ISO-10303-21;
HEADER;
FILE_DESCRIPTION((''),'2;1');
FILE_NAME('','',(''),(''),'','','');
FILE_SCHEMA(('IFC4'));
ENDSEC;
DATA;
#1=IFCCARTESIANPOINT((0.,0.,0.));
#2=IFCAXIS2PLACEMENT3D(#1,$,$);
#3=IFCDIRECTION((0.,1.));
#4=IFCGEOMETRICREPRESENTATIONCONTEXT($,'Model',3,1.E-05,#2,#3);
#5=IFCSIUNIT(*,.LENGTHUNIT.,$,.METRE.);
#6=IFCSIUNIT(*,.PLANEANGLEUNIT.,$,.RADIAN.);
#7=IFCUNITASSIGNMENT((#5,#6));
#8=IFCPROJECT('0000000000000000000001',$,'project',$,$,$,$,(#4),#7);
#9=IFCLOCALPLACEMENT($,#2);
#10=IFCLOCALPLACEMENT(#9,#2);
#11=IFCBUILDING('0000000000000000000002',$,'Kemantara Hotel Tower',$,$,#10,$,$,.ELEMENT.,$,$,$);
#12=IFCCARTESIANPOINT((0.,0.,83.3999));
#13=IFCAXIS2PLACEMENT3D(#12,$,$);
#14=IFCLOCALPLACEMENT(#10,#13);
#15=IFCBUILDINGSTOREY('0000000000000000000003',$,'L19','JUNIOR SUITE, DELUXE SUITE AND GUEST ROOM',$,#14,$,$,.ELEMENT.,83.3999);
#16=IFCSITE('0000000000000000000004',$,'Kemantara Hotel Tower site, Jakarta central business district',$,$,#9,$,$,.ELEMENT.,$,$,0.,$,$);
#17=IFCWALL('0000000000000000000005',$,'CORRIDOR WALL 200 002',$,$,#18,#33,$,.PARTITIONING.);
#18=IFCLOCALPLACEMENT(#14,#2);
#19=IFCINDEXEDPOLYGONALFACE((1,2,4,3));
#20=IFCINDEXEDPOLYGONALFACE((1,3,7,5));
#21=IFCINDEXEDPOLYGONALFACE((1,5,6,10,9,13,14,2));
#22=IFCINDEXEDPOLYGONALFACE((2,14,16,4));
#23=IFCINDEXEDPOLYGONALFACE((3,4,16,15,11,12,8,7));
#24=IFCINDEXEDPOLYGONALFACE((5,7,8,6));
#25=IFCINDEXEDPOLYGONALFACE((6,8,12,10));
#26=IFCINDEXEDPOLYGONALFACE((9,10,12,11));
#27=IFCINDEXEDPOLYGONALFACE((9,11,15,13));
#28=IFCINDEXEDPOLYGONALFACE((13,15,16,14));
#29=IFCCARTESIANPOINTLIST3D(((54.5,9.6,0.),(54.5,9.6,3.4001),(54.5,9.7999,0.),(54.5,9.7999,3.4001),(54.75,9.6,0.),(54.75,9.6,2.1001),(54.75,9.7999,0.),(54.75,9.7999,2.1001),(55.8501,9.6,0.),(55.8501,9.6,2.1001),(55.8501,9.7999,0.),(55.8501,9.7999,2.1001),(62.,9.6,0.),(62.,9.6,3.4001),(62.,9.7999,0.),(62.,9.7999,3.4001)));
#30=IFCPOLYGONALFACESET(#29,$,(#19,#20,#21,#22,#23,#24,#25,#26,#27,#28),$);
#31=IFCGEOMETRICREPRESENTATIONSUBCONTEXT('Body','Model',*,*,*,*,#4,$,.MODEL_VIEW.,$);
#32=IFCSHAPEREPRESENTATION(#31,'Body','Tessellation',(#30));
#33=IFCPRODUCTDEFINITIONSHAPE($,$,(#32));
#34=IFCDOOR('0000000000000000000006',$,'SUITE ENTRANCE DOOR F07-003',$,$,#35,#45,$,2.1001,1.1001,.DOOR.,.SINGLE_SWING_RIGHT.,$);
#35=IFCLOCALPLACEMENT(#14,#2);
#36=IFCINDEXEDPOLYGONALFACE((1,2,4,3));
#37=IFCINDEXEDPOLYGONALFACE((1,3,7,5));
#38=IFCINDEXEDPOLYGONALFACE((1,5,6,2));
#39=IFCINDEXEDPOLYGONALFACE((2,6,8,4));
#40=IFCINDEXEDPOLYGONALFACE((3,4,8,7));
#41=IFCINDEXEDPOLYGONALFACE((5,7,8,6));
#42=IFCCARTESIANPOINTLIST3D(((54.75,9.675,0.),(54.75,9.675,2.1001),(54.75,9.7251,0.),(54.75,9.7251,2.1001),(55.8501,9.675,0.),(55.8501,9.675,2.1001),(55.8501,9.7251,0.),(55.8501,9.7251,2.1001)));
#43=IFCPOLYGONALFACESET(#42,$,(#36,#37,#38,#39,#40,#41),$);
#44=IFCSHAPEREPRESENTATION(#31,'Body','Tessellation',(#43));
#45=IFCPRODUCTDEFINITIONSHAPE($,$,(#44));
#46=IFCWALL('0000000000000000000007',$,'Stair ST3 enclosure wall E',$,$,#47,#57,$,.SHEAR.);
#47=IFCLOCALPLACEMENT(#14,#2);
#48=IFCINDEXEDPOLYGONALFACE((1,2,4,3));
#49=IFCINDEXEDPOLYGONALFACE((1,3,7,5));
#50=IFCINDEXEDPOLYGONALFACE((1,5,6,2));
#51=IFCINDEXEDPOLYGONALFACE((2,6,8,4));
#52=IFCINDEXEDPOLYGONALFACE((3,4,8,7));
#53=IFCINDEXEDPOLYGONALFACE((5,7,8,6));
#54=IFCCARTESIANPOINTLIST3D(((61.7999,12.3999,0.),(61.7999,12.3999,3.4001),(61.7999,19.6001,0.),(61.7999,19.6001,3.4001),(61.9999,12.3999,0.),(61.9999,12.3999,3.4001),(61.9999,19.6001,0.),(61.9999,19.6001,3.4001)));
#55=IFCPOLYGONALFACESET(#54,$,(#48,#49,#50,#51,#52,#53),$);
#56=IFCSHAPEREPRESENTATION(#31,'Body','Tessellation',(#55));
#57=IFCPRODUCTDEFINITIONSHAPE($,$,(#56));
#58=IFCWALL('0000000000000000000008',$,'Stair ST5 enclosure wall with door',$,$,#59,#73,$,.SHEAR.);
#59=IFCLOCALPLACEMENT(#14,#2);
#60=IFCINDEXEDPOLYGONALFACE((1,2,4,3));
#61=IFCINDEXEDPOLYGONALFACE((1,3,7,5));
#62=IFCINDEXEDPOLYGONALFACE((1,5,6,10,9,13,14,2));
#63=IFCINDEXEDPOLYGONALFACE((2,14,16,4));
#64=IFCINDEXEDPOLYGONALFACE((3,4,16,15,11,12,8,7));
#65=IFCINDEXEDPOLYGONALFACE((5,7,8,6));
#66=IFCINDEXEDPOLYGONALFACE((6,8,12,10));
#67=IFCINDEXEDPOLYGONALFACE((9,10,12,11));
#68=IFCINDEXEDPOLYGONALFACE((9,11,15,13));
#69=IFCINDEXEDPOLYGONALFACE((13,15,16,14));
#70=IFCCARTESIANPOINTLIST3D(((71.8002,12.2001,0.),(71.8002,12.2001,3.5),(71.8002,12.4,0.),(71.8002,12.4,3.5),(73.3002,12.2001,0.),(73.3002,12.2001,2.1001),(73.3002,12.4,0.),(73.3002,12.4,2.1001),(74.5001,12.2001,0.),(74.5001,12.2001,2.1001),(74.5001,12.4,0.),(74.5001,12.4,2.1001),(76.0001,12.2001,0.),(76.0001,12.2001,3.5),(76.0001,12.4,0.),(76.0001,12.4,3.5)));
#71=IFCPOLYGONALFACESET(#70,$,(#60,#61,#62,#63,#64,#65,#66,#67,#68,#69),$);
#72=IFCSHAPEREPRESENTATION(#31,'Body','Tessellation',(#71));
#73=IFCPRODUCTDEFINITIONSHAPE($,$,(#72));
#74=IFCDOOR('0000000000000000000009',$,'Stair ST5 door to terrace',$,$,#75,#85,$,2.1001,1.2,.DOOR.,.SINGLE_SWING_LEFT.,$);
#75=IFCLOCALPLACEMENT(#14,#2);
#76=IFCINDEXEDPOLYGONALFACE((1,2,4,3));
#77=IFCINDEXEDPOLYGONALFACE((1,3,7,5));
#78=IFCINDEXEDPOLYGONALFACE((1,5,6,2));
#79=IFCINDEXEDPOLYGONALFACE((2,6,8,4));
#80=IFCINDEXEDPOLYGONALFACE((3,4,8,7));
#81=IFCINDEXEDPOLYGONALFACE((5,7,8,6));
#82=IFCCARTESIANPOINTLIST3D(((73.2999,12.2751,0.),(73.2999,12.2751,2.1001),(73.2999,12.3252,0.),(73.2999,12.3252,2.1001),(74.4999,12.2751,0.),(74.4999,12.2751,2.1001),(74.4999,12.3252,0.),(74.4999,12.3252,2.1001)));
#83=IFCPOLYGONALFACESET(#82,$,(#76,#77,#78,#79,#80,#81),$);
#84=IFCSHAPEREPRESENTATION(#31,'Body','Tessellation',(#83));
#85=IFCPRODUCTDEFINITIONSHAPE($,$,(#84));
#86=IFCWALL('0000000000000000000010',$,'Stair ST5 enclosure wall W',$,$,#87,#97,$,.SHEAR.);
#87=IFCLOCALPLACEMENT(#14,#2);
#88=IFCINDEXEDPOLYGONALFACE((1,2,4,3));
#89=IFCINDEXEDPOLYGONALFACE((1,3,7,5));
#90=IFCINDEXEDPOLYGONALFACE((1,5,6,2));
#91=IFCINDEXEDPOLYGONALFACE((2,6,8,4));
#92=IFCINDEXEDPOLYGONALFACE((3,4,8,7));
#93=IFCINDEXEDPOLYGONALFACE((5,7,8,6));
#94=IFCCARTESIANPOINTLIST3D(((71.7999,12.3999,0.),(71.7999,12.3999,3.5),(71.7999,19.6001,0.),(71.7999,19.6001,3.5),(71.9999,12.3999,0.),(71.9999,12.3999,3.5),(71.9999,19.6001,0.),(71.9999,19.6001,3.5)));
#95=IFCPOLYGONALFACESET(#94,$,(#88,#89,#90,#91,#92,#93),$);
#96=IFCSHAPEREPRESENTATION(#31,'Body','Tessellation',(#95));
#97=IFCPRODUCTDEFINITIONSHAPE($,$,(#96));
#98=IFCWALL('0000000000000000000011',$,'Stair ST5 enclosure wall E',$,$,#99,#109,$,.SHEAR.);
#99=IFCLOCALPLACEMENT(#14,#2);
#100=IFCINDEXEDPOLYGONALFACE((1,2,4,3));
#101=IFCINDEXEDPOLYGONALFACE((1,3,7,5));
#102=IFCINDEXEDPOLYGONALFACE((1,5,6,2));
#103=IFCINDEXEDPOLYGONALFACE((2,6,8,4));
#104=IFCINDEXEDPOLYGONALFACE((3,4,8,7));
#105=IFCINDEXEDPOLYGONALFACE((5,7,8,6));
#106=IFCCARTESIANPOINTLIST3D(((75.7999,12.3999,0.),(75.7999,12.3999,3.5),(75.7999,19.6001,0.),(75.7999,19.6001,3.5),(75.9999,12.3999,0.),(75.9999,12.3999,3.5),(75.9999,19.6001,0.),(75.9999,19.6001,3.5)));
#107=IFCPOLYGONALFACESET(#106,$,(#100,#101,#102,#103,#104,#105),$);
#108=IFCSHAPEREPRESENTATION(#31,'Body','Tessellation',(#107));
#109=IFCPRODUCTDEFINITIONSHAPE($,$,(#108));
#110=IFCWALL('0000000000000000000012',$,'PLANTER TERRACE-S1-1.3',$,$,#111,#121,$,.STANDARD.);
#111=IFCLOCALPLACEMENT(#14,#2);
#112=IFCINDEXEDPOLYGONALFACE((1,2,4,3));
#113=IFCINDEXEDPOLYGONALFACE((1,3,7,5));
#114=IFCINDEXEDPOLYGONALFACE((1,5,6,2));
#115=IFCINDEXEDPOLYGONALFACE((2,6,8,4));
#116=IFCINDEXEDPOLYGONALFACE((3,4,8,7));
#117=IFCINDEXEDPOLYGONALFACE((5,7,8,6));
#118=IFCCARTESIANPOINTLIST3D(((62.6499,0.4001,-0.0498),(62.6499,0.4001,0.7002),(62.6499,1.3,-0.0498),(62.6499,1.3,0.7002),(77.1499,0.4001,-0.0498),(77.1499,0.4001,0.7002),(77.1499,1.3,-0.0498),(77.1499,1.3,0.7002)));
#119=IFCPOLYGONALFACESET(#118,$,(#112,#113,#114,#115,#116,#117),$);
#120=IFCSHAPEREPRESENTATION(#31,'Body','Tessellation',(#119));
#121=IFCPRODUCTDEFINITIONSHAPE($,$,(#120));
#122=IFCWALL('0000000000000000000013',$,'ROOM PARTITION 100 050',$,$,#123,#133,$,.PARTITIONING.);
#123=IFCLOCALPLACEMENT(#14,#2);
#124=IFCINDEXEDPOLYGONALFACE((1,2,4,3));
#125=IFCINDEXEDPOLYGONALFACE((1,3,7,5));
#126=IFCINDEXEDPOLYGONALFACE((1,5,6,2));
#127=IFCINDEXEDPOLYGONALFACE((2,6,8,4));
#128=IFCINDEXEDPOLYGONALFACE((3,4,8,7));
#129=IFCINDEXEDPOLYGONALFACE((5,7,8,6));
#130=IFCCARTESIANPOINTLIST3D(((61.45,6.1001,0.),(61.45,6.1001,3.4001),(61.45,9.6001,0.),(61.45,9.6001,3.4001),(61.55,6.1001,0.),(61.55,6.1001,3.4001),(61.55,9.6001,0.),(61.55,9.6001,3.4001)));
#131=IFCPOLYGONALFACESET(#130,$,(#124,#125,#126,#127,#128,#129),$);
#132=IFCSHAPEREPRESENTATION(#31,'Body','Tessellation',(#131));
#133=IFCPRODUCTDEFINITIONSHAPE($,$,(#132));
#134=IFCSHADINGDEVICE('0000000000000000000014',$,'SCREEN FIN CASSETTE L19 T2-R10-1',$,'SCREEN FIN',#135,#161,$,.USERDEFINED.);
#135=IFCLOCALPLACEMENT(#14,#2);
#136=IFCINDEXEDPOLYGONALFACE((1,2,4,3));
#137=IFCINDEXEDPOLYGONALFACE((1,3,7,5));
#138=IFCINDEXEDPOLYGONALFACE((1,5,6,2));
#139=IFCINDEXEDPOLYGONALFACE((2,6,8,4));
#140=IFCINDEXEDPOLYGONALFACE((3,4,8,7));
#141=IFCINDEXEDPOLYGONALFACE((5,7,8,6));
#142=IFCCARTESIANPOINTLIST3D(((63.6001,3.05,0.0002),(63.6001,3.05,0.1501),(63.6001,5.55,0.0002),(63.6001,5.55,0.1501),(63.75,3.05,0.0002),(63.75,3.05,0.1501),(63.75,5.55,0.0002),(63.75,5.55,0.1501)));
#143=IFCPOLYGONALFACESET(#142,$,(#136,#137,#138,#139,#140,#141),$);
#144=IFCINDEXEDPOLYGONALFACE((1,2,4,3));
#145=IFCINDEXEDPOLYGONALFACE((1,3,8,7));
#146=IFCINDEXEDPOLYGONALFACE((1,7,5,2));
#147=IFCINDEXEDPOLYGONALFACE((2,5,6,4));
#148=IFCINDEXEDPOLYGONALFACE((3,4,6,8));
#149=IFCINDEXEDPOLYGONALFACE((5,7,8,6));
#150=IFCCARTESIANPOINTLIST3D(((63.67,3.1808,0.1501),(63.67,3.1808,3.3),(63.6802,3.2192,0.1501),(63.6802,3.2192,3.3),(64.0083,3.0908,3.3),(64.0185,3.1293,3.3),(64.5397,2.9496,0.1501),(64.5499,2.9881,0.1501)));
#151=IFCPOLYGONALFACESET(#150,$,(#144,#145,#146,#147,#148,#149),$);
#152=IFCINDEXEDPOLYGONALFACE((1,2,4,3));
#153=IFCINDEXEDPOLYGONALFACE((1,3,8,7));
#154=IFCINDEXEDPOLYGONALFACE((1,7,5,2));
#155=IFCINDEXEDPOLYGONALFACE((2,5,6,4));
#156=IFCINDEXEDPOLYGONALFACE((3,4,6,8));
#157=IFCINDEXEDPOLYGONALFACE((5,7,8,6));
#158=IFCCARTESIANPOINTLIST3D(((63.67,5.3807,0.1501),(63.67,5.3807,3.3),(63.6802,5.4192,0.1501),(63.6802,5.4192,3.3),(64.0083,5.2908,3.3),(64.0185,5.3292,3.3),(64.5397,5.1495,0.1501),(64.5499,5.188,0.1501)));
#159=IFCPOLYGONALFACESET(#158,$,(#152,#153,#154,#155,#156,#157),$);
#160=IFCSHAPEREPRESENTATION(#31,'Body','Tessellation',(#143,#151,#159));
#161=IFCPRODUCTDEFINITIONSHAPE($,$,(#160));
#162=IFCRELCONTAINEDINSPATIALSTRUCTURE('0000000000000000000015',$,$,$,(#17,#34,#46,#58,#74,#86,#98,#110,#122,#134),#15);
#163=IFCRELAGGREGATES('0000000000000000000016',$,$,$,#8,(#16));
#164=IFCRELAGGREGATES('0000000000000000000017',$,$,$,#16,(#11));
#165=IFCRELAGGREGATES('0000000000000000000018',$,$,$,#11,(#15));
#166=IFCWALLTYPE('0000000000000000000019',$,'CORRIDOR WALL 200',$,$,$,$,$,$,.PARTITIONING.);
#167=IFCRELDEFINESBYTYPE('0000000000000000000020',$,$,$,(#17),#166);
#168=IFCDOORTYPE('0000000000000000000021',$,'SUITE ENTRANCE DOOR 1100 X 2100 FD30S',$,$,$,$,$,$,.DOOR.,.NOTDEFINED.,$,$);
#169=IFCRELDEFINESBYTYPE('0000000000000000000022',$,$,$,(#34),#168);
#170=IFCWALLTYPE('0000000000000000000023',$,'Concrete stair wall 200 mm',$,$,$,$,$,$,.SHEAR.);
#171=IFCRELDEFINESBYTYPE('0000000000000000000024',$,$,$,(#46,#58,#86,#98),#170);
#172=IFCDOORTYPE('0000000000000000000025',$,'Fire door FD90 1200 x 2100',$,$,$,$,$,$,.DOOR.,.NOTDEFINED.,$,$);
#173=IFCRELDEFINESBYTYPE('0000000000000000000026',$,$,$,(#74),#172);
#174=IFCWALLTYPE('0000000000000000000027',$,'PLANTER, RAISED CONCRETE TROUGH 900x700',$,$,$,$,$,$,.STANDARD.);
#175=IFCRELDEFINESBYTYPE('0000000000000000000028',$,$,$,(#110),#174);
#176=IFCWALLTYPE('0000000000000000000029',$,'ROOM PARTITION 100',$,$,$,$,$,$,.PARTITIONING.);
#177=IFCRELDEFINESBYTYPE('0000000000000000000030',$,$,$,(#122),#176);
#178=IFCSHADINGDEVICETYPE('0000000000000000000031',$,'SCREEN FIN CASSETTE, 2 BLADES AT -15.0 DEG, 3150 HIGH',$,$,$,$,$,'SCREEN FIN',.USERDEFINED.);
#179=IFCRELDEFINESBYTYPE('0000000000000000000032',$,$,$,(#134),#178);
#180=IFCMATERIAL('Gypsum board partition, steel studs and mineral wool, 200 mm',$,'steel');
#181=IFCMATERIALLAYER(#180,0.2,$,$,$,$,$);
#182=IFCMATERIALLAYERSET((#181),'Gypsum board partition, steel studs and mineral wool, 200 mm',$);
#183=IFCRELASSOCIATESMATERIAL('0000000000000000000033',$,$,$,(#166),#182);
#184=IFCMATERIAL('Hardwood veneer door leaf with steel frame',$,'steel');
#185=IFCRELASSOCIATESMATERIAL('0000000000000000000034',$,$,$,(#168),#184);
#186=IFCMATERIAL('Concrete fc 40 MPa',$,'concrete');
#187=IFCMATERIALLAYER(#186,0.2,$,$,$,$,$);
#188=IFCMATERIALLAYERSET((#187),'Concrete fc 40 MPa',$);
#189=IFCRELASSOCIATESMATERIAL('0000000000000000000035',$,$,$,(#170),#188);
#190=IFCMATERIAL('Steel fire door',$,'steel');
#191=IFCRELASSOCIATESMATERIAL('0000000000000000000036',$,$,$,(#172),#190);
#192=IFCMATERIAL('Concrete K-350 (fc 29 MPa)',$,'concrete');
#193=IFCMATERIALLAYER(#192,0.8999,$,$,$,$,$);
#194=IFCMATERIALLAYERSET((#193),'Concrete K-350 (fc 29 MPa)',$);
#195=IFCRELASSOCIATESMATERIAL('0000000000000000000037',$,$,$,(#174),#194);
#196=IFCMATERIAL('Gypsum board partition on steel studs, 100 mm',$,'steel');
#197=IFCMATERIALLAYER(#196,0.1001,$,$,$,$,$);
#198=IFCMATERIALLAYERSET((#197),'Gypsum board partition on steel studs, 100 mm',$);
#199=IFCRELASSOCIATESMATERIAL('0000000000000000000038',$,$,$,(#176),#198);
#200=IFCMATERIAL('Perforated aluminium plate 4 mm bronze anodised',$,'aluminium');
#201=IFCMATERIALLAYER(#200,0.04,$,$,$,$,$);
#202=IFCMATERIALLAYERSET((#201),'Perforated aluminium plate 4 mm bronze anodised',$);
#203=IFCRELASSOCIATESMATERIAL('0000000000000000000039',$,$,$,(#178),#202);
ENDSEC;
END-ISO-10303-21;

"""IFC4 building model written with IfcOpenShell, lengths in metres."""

from ifc_helpers import new_model, si_unit, direction, frame, frame_2d, origin, origin_2d, place, context, subcontext, project, spatial, polyline, rectangle, outline, extrude, source, transform, mapped, material, layer, layer_set, type_object, element, fill, save


model = new_model("IFC4")

# Units and contexts
model_context = context("Model", 3, precision=1e-05, world=origin(), true_north=direction((0.0, 1.0)))
body_context = subcontext(model_context, "Body", "Model", "MODEL_VIEW")
ifc_project = project(units=[si_unit("LENGTHUNIT", "METRE"), si_unit("PLANEANGLEUNIT", "RADIAN")], contexts=[model_context])

# Site, building, storey
site_placement = place(None, origin())
site = spatial("IfcSite", under=ifc_project, at=site_placement, Name="Kemantara Hotel Tower site, Jakarta central business district", CompositionType="ELEMENT", RefElevation=0.0)
building_placement = place(site_placement, origin())
building = spatial("IfcBuilding", under=site, at=building_placement, Name="Kemantara Hotel Tower", CompositionType="ELEMENT")
storey_placement = place(building_placement, frame((0.0, 0.0, 83.3999)))
storey = spatial("IfcBuildingStorey", under=building, at=storey_placement, Name="L19", Description="JUNIOR SUITE, DELUXE SUITE AND GUEST ROOM", CompositionType="ELEMENT", Elevation=83.3999)

# Wall, opening, door
ifc_material_1 = material(Name="Gypsum board partition, steel studs and mineral wool, 200 mm", Category="steel")
ifc_layer_1 = layer(ifc_material_1, 0.2)
ifc_layer_set_1 = layer_set([ifc_layer_1], Name="Gypsum board partition, steel studs and mineral wool, 200 mm")
wall_type_1 = type_object("IfcWallType", Name="CORRIDOR WALL 200", PredefinedType="PARTITIONING", material=ifc_layer_set_1)
wall_1_placement = place(storey_placement, frame((62.0, 9.7, 0.0), z_axis=(0.0, 0.0, 1.0), x_axis=(-1.0, 0.0, 0.0)))
wall_1 = element("IfcWall", 1, at=wall_1_placement, inside=storey, type_object=wall_type_1, Name="CORRIDOR WALL 200 002", PredefinedType="PARTITIONING", context=body_context, shape_type="SweptSolid", body=[
    extrude(rectangle(XDim=7.5, YDim=0.2, at=frame_2d((3.75, 0.0))), origin(), (0.0, 0.0, 1.0), 3.4001),
])
opening_1_placement = place(wall_1_placement, frame((6.1499, 0.0, 0.0)))
opening_1 = element("IfcOpeningElement", 2, at=opening_1_placement, cuts=wall_1, PredefinedType="OPENING", context=body_context, shape_type="SweptSolid", body=[
    extrude(rectangle(XDim=1.1001, YDim=2.1001, at=frame_2d((0.55, 1.05))), frame((0.0, 0.1099, 0.0), z_axis=(0.0, -1.0, 0.0), x_axis=(1.0, 0.0, 0.0)), (0.0, 0.0, 1.0), 0.22),
])
ifc_material_2 = material(Name="Hardwood veneer door leaf with steel frame", Category="steel")
door_type_1 = type_object("IfcDoorType", Name="SUITE ENTRANCE DOOR 1100 X 2100 FD30S", OperationType="NOTDEFINED", PredefinedType="DOOR", material=ifc_material_2)
door_1_placement = place(opening_1_placement, origin())
door_1 = element("IfcDoor", 3, at=door_1_placement, inside=storey, type_object=door_type_1, Name="SUITE ENTRANCE DOOR F07-003", OperationType="SINGLE_SWING_RIGHT", OverallHeight=2.1001, OverallWidth=1.1001, PredefinedType="DOOR", context=body_context, shape_type="SweptSolid", body=[
    extrude(rectangle(XDim=1.1001, YDim=2.1001, at=frame_2d((0.55, 1.05))), frame((0.0, 0.0249, 0.0), z_axis=(0.0, -1.0, 0.0), x_axis=(1.0, 0.0, 0.0)), (0.0, 0.0, 1.0), 0.05),
])
fill(opening_1, door_1)

# Wall
ifc_material_3 = material(Name="Concrete fc 40 MPa", Category="concrete")
ifc_layer_2 = layer(ifc_material_3, 0.2)
ifc_layer_set_2 = layer_set([ifc_layer_2], Name="Concrete fc 40 MPa")
wall_type_2 = type_object("IfcWallType", Name="Concrete stair wall 200 mm", PredefinedType="SHEAR", material=ifc_layer_set_2)
wall_2_placement = place(storey_placement, frame((61.8999, 12.3999, 0.0), z_axis=(0.0, 0.0, 1.0), x_axis=(0.0, 1.0, 0.0)))
element("IfcWall", 4, at=wall_2_placement, inside=storey, type_object=wall_type_2, Name="Stair ST3 enclosure wall E", PredefinedType="SHEAR", context=body_context, shape_type="SweptSolid", body=[
    extrude(rectangle(XDim=7.2002, YDim=0.2, at=frame_2d((3.6001, 0.0))), origin(), (0.0, 0.0, 1.0), 3.4001),
])

# Wall, opening, door
wall_3_placement = place(storey_placement, frame((71.8, 12.3, 0.0), z_axis=(0.0, 0.0, 1.0), x_axis=(1.0, 0.0, 0.0)))
wall_3 = element("IfcWall", 5, at=wall_3_placement, inside=storey, type_object=wall_type_2, Name="Stair ST5 enclosure wall with door", PredefinedType="SHEAR", context=body_context, shape_type="SweptSolid", body=[
    extrude(rectangle(XDim=4.2, YDim=0.2, at=frame_2d((2.1001, 0.0))), origin(), (0.0, 0.0, 1.0), 3.5),
])
opening_2_placement = place(wall_3_placement, frame((1.5, 0.0, 0.0)))
opening_2 = element("IfcOpeningElement", 6, at=opening_2_placement, cuts=wall_3, PredefinedType="OPENING", context=body_context, shape_type="SweptSolid", body=[
    extrude(rectangle(XDim=1.2, YDim=2.1001, at=frame_2d((0.6001, 1.05))), frame((0.0, 0.1099, 0.0), z_axis=(0.0, -1.0, 0.0), x_axis=(1.0, 0.0, 0.0)), (0.0, 0.0, 1.0), 0.22),
])
ifc_material_4 = material(Name="Steel fire door", Category="steel")
door_type_2 = type_object("IfcDoorType", Name="Fire door FD90 1200 x 2100", OperationType="NOTDEFINED", PredefinedType="DOOR", material=ifc_material_4)
door_2_placement = place(opening_2_placement, frame((1.2, 0.0, 0.0), z_axis=(0.0, 0.0, 1.0), x_axis=(-1.0, 0.0, 0.0)))
door_2 = element("IfcDoor", 7, at=door_2_placement, inside=storey, type_object=door_type_2, Name="Stair ST5 door to terrace", OperationType="SINGLE_SWING_LEFT", OverallHeight=2.1001, OverallWidth=1.2, PredefinedType="DOOR", context=body_context, shape_type="SweptSolid", body=[
    extrude(rectangle(XDim=1.2, YDim=2.1001, at=frame_2d((0.6001, 1.05))), frame((0.0, 0.0249, 0.0), z_axis=(0.0, -1.0, 0.0), x_axis=(1.0, 0.0, 0.0)), (0.0, 0.0, 1.0), 0.05),
])
fill(opening_2, door_2)

# Walls
for number, where, z_axis, x_axis, name in (
    (8, (71.8999, 12.3999, 0.0), (0.0, 0.0, 1.0), (0.0, 1.0, 0.0), "Stair ST5 enclosure wall W"),
    (9, (75.8999, 12.3999, 0.0), (0.0, 0.0, 1.0), (0.0, 1.0, 0.0), "Stair ST5 enclosure wall E"),
):
    element("IfcWall", number, at=place(storey_placement, frame(where, z_axis=z_axis, x_axis=x_axis)), inside=storey, type_object=wall_type_2, Name=name, PredefinedType="SHEAR", context=body_context, shape_type="SweptSolid", body=[
        extrude(rectangle(XDim=7.2002, YDim=0.2, at=frame_2d((3.6001, 0.0))), origin(), (0.0, 0.0, 1.0), 3.5),
    ])
ifc_material_5 = material(Name="Concrete K-350 (fc 29 MPa)", Category="concrete")
ifc_layer_3 = layer(ifc_material_5, 0.8999)
ifc_layer_set_3 = layer_set([ifc_layer_3], Name="Concrete K-350 (fc 29 MPa)")
wall_type_3 = type_object("IfcWallType", Name="PLANTER, RAISED CONCRETE TROUGH 900x700", PredefinedType="STANDARD", material=ifc_layer_set_3)
wall_4_placement = place(storey_placement, frame((77.1499, 0.8501, -0.0498), z_axis=(0.0, 0.0, 1.0), x_axis=(-1.0, 0.0, 0.0)))
element("IfcWall", 10, at=wall_4_placement, inside=storey, type_object=wall_type_3, Name="PLANTER TERRACE-S1-1.3", PredefinedType="STANDARD", context=body_context, shape_type="SweptSolid", body=[
    extrude(rectangle(XDim=14.5, YDim=0.8999, at=frame_2d((7.25, 0.0))), origin(), (0.0, 0.0, 1.0), 0.75),
])
ifc_material_6 = material(Name="Gypsum board partition on steel studs, 100 mm", Category="steel")
ifc_layer_4 = layer(ifc_material_6, 0.1001)
ifc_layer_set_4 = layer_set([ifc_layer_4], Name="Gypsum board partition on steel studs, 100 mm")
wall_type_4 = type_object("IfcWallType", Name="ROOM PARTITION 100", PredefinedType="PARTITIONING", material=ifc_layer_set_4)
wall_5_placement = place(storey_placement, frame((61.5, 6.1001, 0.0), z_axis=(0.0, 0.0, 1.0), x_axis=(0.0, 1.0, 0.0)))
element("IfcWall", 11, at=wall_5_placement, inside=storey, type_object=wall_type_4, Name="ROOM PARTITION 100 050", PredefinedType="PARTITIONING", context=body_context, shape_type="SweptSolid", body=[
    extrude(rectangle(XDim=3.5, YDim=0.1001, at=frame_2d((1.75, 0.0))), origin(), (0.0, 0.0, 1.0), 3.4001),
])

# Shading device
ifc_material_7 = material(Name="Perforated aluminium plate 4 mm bronze anodised", Category="aluminium")
ifc_layer_5 = layer(ifc_material_7, 0.04)
ifc_layer_set_5 = layer_set([ifc_layer_5], Name="Perforated aluminium plate 4 mm bronze anodised")
shading_device_type_1 = type_object("IfcShadingDeviceType", Name="SCREEN FIN CASSETTE, 2 BLADES AT -15.0 DEG, 3150 HIGH", ElementType="SCREEN FIN", PredefinedType="USERDEFINED", material=ifc_layer_set_5)
shared_shape_1 = source(origin(), body_context, "Body", "SweptSolid", [
    extrude(rectangle(XDim=2.5, YDim=0.1499, at=origin_2d()), frame((1.1001, -0.075, -0.1499), z_axis=(0.0, 0.0, 1.0), x_axis=(1.0, 0.0, 0.0)), (0.0, 0.0, 1.0), 0.1499),
    extrude(outline(polyline([(0.0, 0.0), (0.8999, 0.0), (0.3501, 3.1499), (0.0, 3.1499), (0.0, 0.0)])), frame((0.0193, -0.0801, 0.0), z_axis=(-0.966438, 0.256901, 0.0), x_axis=(-0.256901, -0.966438, 0.0)), (0.0, 0.0, 1.0), 0.0398),
    extrude(outline(polyline([(0.0, 0.0), (0.8999, 0.0), (0.3501, 3.1499), (0.0, 3.1499), (0.0, 0.0)])), frame((2.2192, -0.0801, 0.0), z_axis=(-0.966438, 0.256901, 0.0), x_axis=(-0.256901, -0.966438, 0.0)), (0.0, 0.0, 1.0), 0.0398),
])
shading_device_1_placement = place(storey_placement, frame((63.6001, 3.2, 0.1501), z_axis=(0.0, 0.0, 1.0), x_axis=(0.0, 1.0, 0.0)))
element("IfcShadingDevice", 12, at=shading_device_1_placement, inside=storey, type_object=shading_device_type_1, Name="SCREEN FIN CASSETTE L19 T2-R10-1", ObjectType="SCREEN FIN", PredefinedType="USERDEFINED", context=body_context, shape_type="MappedRepresentation", body=[
    mapped(shared_shape_1, transform((0.0, 0.0, 0.0))),
])

save(model, "model.ifc")
